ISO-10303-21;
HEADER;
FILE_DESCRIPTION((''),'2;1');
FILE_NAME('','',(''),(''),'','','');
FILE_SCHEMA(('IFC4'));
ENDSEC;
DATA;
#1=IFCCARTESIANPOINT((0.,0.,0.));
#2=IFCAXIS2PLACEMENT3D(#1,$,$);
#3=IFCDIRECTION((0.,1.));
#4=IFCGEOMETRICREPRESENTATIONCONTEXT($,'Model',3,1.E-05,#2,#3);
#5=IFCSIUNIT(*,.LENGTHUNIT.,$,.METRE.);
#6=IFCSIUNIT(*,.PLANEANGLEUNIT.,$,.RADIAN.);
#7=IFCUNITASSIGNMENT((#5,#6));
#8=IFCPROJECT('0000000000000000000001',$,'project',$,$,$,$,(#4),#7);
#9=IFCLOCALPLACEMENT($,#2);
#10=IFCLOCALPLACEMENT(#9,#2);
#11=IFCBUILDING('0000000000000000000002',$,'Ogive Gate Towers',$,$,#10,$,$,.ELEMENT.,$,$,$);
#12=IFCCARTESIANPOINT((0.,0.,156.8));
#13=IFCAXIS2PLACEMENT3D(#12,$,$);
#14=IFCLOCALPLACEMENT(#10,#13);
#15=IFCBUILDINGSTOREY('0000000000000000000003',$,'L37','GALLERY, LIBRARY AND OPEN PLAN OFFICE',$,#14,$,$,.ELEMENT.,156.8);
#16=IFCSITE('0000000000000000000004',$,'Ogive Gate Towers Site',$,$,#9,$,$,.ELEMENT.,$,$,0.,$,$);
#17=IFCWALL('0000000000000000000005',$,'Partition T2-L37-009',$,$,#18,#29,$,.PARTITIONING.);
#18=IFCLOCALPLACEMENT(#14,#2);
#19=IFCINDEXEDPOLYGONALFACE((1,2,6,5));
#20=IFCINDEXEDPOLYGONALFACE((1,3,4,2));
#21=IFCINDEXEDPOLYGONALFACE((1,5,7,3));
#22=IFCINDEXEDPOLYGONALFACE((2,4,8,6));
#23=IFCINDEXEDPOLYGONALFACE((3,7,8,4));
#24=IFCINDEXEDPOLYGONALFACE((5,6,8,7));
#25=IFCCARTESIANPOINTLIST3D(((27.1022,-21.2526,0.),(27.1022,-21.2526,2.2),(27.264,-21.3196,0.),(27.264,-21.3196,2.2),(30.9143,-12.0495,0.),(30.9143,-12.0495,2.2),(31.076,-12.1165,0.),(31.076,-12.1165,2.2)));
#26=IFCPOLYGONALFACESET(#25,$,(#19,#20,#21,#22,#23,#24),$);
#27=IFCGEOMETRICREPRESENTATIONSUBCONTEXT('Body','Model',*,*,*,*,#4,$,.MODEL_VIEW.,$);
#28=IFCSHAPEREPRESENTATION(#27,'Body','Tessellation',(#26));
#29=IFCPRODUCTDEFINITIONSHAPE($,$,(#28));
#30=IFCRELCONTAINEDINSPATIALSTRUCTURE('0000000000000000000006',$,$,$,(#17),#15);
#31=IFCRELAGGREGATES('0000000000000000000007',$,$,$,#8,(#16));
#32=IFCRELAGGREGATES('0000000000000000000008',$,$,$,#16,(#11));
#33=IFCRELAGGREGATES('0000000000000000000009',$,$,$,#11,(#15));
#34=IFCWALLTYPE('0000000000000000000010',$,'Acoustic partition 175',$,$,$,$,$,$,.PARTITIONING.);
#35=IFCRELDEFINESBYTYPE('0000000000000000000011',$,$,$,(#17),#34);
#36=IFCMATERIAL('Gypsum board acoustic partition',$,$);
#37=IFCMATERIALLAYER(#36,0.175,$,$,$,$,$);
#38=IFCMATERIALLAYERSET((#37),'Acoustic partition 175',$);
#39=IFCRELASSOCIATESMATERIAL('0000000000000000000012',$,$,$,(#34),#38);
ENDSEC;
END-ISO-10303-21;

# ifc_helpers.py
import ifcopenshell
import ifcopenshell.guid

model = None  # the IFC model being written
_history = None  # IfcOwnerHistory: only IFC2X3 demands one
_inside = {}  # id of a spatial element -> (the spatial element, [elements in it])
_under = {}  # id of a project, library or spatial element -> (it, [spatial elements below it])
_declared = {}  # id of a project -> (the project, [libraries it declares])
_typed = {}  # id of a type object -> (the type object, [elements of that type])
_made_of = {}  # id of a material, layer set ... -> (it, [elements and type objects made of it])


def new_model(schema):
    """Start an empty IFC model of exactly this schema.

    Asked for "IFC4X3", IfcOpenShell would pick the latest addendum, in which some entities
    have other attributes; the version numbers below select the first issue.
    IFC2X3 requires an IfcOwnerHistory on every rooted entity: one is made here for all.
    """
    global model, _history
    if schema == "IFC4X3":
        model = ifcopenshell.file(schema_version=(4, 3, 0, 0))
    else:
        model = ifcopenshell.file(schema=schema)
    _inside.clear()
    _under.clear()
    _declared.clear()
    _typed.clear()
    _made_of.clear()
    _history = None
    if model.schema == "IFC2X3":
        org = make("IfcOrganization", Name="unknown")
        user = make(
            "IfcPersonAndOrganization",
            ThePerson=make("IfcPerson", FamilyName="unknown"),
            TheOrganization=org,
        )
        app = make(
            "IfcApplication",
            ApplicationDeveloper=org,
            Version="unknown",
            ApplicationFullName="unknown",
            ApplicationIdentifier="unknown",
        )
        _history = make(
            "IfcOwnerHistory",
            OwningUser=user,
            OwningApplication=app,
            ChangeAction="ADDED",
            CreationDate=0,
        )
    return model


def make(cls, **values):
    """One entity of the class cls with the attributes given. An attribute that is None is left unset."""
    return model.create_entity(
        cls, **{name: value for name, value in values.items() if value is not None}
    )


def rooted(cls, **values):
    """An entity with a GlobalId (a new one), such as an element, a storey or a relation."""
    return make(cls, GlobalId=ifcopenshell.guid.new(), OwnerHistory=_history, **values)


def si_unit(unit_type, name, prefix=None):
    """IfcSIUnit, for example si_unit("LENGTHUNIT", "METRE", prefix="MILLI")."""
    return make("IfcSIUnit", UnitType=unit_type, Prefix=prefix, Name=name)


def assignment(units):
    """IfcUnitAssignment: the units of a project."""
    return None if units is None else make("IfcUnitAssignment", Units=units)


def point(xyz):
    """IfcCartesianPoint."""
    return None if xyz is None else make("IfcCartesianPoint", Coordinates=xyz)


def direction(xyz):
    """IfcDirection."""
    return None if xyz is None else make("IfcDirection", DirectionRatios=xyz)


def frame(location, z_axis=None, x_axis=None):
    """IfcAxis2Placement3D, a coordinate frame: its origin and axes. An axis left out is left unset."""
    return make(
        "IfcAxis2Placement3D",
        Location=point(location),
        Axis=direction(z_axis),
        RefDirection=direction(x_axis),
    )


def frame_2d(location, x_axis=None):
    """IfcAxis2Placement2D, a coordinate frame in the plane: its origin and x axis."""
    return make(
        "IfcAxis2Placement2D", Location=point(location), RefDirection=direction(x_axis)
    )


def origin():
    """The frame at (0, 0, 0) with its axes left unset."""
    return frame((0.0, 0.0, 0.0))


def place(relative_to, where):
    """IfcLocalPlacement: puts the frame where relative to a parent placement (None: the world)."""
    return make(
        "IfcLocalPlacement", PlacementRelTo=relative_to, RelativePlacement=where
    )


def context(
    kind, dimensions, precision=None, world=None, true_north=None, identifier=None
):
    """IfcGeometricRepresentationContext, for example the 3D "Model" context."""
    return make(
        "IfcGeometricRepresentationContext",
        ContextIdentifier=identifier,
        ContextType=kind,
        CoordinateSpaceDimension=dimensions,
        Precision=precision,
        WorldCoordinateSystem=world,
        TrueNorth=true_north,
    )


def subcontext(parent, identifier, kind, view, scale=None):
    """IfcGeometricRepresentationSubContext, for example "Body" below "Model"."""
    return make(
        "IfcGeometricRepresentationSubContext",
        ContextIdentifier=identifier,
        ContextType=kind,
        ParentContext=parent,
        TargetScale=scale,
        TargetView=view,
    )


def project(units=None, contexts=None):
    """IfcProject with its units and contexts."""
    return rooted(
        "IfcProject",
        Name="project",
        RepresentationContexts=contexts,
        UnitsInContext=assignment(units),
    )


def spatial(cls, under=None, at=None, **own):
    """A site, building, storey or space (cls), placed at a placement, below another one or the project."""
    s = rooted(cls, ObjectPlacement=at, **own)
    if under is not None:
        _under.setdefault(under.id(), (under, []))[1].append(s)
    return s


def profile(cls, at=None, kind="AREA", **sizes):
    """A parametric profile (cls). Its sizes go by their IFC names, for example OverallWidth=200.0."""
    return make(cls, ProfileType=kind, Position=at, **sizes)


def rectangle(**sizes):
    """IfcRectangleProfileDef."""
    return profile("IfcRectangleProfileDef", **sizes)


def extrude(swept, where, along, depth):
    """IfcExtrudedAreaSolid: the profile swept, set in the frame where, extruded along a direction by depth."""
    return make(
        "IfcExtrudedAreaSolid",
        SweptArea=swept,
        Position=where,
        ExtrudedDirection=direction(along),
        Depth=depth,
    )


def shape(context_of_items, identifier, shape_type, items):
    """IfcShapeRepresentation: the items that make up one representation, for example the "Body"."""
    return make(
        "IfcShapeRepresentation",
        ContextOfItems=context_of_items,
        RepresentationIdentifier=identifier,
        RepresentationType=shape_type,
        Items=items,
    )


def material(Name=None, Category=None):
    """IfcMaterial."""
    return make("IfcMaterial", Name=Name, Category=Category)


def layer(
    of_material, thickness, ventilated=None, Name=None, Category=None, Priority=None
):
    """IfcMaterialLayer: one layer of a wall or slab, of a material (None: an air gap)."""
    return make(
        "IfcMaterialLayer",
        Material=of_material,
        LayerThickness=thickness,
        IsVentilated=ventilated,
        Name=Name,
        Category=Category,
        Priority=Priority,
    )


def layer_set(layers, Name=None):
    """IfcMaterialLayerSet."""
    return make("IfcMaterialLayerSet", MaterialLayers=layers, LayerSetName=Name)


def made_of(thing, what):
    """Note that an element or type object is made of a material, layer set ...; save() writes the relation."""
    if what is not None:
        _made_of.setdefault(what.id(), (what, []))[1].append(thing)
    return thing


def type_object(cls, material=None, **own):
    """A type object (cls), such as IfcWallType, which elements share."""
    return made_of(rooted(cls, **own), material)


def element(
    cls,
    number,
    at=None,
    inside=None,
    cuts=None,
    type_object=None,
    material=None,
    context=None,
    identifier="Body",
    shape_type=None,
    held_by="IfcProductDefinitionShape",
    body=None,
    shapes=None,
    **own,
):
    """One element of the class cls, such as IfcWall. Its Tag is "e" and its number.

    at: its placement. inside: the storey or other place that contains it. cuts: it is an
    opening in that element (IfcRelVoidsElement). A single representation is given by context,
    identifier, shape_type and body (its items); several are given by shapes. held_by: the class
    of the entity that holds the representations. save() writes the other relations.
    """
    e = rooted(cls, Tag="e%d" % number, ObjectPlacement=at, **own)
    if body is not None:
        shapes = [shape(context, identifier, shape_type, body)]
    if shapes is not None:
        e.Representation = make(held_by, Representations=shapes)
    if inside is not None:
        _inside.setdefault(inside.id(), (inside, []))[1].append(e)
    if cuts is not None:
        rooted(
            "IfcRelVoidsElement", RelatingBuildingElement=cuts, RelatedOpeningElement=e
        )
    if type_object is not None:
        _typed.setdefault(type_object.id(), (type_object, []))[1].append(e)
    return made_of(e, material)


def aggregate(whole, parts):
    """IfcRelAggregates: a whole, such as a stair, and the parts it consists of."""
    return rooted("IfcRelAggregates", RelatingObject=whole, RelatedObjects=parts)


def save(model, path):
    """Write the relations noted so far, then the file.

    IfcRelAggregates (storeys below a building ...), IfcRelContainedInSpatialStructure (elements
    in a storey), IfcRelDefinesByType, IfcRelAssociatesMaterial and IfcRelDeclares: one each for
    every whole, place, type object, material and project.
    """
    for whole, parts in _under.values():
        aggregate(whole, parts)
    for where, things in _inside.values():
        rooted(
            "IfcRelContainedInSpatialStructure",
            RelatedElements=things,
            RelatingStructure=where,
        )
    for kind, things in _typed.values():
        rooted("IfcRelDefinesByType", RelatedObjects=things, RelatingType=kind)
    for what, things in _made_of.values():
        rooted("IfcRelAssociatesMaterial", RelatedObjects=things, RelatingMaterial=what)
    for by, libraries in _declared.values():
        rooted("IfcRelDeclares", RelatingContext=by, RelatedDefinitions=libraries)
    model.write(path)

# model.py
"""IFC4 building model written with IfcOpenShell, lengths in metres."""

from ifc_helpers import new_model, si_unit, direction, frame, frame_2d, origin, place, context, subcontext, project, spatial, rectangle, extrude, material, layer, layer_set, type_object, element, save


model = new_model("IFC4")

# Units and contexts
model_context = context("Model", 3, precision=1e-05, world=origin(), true_north=direction((0.0, 1.0)))
body_context = subcontext(model_context, "Body", "Model", "MODEL_VIEW")
ifc_project = project(units=[si_unit("LENGTHUNIT", "METRE"), si_unit("PLANEANGLEUNIT", "RADIAN")], contexts=[model_context])

# Site, building, storey
site_placement = place(None, origin())
site = spatial("IfcSite", under=ifc_project, at=site_placement, Name="Ogive Gate Towers Site", CompositionType="ELEMENT", RefElevation=0.0)
building_placement = place(site_placement, origin())
building = spatial("IfcBuilding", under=site, at=building_placement, Name="Ogive Gate Towers", CompositionType="ELEMENT")
storey_placement = place(building_placement, frame((0.0, 0.0, 156.8)))
storey = spatial("IfcBuildingStorey", under=building, at=storey_placement, Name="L37", Description="GALLERY, LIBRARY AND OPEN PLAN OFFICE", CompositionType="ELEMENT", Elevation=156.8)

# Wall
ifc_material_1 = material(Name="Gypsum board acoustic partition")
ifc_layer_1 = layer(ifc_material_1, 0.175)
ifc_layer_set_1 = layer_set([ifc_layer_1], Name="Acoustic partition 175")
wall_type = type_object("IfcWallType", Name="Acoustic partition 175", PredefinedType="PARTITIONING", material=ifc_layer_set_1)
wall_placement = place(storey_placement, frame((27.1831, -21.2861, 0.0), z_axis=(0.0, 0.0, 1.0), x_axis=(0.382679, 0.923881, 0.0)))
element("IfcWall", 1, at=wall_placement, inside=storey, type_object=wall_type, Name="Partition T2-L37-009", PredefinedType="PARTITIONING", context=body_context, shape_type="SweptSolid", body=[
    extrude(rectangle(XDim=9.9614, YDim=0.175, at=frame_2d((4.9807, 0.0))), origin(), (0.0, 0.0, 1.0), 2.2),
])

save(model, "model.ifc")
